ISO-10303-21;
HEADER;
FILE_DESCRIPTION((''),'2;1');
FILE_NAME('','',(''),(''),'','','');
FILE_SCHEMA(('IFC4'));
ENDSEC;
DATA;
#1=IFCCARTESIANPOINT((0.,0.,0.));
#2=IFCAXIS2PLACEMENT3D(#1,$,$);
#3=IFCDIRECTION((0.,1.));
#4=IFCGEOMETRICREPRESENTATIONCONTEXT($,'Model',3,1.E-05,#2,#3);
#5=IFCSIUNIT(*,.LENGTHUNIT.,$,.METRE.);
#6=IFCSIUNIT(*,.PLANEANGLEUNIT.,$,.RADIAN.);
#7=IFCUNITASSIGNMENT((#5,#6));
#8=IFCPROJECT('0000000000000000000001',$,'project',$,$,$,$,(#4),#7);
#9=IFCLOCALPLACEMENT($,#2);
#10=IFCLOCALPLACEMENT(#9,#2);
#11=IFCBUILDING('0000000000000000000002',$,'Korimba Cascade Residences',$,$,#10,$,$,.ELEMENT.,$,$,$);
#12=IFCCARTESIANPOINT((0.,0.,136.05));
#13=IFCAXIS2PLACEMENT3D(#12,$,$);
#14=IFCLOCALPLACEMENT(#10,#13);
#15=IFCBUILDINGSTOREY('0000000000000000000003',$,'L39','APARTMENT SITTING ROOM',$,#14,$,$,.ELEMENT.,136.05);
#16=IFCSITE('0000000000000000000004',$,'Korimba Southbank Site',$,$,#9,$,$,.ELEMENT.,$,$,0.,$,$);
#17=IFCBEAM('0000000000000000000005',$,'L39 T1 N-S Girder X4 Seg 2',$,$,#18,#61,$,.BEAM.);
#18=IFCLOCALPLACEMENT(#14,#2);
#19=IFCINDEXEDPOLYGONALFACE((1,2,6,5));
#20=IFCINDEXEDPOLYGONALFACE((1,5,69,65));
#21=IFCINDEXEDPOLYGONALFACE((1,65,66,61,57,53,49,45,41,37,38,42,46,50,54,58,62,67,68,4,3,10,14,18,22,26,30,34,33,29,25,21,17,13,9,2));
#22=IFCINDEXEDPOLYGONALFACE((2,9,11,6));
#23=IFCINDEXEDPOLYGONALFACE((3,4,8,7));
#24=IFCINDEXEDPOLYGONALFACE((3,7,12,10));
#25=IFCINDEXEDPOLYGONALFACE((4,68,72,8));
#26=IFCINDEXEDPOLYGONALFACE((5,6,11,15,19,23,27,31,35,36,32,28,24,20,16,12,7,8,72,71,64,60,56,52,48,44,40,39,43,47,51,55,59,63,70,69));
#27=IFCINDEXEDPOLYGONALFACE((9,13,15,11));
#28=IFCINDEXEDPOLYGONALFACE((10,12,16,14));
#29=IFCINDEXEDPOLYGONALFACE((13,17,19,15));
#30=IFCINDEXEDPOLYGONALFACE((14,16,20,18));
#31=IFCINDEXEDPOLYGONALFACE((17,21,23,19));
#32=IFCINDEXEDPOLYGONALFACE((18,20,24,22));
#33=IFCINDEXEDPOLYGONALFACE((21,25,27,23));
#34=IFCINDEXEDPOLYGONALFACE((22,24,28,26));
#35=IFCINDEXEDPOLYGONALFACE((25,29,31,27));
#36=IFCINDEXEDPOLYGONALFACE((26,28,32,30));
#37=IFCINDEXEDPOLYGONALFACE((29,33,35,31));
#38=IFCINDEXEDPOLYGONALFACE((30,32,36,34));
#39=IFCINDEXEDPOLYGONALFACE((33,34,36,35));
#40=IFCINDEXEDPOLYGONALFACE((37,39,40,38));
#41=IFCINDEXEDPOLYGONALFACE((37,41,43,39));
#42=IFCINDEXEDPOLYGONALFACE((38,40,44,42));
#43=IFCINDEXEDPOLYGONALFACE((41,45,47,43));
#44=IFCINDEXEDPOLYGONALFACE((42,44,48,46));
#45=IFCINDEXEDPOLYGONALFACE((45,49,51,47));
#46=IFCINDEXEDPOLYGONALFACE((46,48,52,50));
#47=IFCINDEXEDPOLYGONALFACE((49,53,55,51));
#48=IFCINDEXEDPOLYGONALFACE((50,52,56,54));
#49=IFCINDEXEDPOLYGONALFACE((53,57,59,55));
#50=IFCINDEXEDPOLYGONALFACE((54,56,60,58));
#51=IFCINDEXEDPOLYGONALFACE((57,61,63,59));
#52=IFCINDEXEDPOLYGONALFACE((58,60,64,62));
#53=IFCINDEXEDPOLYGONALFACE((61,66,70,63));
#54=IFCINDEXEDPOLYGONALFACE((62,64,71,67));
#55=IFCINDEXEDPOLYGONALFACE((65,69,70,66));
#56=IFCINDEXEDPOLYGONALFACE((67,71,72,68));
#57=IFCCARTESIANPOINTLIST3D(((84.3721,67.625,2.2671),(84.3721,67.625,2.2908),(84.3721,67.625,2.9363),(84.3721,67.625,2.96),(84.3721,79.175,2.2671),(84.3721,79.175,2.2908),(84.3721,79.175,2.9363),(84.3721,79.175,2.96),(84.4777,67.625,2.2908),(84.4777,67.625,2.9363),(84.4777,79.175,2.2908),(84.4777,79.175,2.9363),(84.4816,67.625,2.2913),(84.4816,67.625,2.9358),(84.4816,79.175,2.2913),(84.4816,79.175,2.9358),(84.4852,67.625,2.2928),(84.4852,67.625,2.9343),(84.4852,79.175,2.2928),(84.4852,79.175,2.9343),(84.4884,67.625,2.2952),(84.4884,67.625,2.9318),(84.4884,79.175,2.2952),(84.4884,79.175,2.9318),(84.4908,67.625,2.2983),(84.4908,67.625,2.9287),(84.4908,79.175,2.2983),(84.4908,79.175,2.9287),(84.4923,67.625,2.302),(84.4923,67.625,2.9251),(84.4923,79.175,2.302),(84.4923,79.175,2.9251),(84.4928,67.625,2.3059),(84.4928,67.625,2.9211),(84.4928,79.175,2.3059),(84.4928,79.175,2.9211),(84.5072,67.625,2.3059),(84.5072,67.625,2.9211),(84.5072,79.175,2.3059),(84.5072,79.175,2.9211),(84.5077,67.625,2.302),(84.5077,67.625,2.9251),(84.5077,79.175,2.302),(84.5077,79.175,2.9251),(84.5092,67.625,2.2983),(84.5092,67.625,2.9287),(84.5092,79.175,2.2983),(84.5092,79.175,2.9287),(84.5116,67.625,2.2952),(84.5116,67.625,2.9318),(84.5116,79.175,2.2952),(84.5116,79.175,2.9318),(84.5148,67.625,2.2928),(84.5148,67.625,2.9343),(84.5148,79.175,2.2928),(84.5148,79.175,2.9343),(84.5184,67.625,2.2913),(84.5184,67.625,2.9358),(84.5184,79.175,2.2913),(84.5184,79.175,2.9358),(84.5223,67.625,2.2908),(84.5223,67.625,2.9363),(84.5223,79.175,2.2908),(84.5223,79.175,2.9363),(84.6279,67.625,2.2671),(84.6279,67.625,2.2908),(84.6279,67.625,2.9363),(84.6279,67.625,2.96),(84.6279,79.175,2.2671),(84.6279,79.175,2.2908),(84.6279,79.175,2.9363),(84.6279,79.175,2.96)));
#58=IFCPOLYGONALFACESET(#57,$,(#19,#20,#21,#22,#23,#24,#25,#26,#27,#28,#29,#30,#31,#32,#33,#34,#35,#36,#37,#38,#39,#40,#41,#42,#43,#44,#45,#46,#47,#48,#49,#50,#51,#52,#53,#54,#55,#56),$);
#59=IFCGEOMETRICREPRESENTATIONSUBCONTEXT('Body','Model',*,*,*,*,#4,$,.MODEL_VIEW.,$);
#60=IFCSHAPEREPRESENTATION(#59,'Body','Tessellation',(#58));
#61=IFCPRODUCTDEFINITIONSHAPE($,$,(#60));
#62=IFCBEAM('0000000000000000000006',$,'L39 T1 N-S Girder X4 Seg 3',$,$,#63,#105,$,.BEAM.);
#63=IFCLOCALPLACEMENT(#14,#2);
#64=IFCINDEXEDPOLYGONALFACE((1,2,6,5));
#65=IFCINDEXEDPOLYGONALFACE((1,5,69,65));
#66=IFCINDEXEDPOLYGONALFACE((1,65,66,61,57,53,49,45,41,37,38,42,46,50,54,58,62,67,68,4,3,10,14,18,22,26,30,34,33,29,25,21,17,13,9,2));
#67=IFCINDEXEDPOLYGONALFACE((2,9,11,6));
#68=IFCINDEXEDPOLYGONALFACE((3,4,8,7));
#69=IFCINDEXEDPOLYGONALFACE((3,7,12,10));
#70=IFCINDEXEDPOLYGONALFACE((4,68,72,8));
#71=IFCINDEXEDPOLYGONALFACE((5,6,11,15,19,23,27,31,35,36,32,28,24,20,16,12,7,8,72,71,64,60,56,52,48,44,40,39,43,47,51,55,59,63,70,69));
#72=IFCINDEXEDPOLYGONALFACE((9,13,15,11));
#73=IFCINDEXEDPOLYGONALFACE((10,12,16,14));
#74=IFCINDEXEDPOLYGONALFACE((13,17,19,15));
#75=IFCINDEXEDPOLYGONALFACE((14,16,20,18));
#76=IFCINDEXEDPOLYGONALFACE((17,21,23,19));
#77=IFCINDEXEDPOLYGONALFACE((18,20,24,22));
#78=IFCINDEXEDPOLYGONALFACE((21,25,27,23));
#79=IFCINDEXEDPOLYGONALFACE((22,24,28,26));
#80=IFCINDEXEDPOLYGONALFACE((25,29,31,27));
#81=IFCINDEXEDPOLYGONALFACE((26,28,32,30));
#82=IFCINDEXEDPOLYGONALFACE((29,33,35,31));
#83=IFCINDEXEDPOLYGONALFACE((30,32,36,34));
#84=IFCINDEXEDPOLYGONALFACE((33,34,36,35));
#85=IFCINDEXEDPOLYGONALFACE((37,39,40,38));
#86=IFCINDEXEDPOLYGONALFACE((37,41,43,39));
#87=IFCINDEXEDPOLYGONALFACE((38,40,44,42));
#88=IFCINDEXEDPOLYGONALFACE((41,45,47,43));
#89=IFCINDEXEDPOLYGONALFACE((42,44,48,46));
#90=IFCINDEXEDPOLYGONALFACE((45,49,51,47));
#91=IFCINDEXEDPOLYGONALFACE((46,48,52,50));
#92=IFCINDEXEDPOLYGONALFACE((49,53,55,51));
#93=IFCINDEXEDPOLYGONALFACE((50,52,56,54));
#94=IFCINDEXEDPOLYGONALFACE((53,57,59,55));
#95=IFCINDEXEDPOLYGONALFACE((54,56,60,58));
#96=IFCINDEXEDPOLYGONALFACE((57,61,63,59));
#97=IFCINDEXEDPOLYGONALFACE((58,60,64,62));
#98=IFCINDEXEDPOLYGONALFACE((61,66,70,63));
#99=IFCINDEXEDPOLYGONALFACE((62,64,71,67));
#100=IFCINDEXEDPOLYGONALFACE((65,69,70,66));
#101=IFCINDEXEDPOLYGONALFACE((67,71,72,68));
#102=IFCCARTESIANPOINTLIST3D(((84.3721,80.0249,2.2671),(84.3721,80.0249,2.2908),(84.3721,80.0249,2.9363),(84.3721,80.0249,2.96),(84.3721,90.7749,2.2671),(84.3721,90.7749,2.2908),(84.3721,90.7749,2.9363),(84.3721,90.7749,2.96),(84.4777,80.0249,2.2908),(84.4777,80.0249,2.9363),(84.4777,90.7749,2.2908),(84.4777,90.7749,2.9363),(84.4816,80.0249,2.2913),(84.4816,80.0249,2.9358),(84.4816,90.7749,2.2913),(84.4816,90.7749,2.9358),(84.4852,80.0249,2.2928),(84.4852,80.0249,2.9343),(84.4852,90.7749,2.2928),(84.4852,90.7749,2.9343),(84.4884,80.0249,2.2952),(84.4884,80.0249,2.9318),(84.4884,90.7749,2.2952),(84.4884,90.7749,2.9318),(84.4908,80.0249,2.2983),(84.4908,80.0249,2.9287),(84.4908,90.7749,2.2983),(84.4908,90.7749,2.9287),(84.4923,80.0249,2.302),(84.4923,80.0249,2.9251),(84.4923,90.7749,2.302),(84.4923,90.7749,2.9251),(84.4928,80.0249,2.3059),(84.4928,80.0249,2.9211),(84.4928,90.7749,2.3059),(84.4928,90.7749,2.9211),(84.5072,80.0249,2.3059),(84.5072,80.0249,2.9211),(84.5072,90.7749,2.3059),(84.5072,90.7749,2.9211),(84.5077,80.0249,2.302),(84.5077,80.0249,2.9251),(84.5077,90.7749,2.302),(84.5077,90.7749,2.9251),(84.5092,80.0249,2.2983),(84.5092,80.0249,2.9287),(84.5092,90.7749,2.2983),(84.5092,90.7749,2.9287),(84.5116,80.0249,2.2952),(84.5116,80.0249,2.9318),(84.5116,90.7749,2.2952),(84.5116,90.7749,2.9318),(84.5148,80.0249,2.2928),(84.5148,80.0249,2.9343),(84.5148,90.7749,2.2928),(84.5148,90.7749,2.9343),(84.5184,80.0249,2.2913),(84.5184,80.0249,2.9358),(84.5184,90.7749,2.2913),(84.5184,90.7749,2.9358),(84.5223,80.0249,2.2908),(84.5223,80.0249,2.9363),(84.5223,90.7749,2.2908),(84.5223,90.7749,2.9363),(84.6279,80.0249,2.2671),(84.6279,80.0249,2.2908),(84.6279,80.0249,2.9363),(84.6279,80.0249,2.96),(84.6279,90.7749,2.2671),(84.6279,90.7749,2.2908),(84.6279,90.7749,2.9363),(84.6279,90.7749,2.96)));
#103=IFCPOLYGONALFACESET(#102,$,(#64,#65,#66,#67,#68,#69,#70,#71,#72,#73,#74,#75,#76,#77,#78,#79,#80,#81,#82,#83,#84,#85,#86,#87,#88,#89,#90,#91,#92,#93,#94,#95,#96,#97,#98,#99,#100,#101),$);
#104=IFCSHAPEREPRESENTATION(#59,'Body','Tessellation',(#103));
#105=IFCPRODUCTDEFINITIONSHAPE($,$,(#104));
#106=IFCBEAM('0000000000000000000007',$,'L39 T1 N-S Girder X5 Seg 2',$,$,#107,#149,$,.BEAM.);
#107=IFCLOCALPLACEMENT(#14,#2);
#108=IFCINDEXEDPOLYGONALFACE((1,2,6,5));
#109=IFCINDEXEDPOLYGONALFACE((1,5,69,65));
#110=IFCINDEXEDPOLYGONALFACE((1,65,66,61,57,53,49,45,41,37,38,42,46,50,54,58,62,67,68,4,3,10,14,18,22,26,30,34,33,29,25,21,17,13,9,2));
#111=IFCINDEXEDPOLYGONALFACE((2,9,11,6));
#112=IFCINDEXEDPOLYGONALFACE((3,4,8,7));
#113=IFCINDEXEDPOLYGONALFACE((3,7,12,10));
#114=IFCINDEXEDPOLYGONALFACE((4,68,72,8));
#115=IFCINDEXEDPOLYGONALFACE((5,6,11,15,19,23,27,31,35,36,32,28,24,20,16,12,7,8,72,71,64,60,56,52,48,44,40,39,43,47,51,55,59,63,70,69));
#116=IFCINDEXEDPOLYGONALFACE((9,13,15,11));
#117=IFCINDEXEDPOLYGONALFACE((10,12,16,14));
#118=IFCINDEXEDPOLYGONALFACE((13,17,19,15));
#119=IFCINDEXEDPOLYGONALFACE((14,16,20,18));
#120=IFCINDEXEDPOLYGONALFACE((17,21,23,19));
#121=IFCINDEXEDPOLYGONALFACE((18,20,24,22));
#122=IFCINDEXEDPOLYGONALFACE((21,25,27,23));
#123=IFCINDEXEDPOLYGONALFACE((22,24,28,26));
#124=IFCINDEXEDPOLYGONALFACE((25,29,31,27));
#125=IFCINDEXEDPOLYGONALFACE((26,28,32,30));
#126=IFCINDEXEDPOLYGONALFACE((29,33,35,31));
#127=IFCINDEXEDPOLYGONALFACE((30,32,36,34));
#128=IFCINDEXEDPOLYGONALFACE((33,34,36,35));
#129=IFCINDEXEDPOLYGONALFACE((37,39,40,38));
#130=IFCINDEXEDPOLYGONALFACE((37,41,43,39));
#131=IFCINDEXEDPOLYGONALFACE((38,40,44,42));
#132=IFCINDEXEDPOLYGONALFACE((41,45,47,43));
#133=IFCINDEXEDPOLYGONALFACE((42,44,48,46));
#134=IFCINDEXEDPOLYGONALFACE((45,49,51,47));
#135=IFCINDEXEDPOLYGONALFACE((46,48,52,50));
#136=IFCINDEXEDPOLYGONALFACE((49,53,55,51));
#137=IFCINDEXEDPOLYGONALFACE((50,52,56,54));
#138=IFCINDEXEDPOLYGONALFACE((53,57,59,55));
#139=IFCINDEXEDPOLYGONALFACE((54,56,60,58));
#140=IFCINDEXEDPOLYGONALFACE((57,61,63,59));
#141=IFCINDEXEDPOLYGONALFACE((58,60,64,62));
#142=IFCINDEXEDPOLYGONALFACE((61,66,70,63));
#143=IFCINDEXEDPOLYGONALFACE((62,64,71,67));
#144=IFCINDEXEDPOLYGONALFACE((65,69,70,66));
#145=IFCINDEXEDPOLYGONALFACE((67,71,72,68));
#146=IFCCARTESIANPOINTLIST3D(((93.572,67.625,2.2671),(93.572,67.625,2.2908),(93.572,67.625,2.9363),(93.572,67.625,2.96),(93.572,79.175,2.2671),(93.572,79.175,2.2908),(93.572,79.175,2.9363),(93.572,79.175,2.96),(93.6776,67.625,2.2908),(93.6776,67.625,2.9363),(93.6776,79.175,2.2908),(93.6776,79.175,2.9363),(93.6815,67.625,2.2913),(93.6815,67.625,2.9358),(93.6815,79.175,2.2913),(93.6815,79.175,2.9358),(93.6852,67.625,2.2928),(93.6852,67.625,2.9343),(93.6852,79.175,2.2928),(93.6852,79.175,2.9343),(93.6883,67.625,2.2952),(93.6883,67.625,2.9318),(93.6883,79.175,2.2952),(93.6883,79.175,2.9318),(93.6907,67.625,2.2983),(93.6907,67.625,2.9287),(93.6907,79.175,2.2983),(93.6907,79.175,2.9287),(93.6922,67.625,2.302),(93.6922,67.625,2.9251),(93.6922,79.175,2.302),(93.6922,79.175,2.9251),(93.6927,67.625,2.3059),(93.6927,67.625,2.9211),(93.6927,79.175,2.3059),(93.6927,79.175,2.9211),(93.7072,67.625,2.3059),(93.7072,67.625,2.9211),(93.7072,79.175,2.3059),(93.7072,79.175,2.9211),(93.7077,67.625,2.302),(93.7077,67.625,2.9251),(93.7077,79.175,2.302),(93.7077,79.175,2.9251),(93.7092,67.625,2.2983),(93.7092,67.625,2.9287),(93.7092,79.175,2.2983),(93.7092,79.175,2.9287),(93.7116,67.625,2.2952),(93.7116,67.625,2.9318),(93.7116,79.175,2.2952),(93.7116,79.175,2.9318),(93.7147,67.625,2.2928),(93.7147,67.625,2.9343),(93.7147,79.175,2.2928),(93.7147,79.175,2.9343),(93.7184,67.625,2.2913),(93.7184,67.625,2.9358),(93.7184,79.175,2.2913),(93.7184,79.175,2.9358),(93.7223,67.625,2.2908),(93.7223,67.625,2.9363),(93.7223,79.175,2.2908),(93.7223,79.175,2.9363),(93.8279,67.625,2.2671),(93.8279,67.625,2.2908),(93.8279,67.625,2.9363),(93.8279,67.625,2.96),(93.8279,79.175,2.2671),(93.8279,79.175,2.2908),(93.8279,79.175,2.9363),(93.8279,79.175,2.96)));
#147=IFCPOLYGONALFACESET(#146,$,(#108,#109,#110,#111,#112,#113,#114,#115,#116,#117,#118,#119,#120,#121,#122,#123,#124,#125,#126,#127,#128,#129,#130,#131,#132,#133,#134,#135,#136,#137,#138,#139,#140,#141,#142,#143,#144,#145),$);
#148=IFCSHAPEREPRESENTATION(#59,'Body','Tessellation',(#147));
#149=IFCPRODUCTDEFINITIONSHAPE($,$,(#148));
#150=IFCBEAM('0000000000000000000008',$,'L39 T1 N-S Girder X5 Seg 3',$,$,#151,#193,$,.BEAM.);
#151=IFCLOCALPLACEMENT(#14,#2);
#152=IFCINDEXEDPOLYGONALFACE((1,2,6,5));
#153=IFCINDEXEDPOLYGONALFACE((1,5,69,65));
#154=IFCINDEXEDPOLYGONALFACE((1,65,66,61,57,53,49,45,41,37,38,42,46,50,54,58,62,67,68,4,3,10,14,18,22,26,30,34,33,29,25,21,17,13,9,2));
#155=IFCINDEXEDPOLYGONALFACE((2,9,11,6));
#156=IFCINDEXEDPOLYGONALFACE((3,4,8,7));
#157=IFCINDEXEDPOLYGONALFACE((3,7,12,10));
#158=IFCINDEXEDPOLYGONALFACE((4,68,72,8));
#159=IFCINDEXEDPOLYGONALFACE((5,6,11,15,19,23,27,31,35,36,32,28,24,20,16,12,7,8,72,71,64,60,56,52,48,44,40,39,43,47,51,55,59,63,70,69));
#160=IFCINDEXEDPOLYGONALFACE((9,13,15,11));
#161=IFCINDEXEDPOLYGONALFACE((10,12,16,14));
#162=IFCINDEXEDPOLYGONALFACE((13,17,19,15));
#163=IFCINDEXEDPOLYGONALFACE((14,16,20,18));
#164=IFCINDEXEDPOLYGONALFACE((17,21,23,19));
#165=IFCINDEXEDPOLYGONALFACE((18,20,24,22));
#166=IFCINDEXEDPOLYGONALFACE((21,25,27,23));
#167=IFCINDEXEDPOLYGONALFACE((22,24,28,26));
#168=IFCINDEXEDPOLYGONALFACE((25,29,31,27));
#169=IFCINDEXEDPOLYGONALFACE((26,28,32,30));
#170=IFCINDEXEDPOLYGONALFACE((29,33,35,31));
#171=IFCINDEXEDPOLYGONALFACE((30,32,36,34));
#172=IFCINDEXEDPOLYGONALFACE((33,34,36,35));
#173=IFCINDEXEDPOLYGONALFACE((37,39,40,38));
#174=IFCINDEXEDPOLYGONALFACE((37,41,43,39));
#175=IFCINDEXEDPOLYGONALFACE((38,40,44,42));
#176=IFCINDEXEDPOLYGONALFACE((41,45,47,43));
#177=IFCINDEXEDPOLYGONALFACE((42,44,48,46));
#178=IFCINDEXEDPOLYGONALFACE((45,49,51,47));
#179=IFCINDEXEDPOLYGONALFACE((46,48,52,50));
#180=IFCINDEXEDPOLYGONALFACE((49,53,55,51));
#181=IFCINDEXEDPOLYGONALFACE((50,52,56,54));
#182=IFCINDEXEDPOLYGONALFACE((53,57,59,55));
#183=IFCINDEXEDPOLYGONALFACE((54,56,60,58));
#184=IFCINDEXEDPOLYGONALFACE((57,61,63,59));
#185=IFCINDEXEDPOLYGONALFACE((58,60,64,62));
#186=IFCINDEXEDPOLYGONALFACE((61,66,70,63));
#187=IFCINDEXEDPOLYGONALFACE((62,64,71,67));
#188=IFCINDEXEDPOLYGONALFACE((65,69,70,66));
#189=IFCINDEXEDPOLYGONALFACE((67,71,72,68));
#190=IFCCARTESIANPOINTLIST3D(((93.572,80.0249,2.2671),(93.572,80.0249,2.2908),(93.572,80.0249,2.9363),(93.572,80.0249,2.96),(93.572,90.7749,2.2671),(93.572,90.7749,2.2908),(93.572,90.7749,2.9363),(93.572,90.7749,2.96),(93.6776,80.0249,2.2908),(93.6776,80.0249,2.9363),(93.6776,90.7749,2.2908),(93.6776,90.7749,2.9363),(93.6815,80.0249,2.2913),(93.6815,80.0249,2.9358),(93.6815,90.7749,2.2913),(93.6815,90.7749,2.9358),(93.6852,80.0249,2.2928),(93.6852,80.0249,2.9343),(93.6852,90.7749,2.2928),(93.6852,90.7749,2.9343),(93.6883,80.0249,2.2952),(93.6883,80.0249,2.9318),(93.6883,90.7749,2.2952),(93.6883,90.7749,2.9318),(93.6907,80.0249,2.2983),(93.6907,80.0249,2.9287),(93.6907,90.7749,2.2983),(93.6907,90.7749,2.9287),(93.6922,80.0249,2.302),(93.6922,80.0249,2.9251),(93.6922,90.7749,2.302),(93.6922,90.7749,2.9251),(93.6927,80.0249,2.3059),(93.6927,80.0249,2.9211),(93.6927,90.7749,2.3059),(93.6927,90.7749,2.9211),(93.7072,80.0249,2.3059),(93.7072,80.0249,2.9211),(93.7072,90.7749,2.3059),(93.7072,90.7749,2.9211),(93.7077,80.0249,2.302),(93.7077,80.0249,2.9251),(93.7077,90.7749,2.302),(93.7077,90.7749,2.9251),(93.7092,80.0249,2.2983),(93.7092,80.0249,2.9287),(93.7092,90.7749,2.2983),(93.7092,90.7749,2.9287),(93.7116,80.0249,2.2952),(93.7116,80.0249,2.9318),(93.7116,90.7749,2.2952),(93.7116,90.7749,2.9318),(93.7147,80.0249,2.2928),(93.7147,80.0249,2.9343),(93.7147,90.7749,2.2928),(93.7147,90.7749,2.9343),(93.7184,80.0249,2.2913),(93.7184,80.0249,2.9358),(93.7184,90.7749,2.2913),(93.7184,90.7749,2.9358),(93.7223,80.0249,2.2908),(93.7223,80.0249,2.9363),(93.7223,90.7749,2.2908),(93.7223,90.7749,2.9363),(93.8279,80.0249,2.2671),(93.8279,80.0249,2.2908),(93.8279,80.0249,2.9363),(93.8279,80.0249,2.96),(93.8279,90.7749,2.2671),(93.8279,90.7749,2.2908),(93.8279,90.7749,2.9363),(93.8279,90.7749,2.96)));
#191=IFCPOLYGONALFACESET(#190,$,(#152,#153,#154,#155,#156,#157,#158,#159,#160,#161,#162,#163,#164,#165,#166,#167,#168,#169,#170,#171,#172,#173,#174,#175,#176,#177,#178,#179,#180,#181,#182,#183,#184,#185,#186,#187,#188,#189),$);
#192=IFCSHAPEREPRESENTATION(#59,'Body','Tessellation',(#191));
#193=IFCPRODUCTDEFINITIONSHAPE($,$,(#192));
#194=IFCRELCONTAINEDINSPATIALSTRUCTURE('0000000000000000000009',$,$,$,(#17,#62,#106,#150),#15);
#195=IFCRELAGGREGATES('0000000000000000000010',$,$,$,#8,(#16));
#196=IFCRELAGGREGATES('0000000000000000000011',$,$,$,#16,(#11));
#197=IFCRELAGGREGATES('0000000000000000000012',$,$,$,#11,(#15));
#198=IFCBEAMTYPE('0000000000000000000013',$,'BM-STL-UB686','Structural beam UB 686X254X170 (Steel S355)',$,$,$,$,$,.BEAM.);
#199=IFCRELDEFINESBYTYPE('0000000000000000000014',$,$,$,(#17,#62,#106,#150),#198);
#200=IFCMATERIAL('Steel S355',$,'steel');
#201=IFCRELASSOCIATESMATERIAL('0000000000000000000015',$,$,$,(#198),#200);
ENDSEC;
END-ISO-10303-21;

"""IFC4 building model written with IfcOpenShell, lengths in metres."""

from ifc_helpers import new_model, si_unit, direction, frame, origin, origin_2d, place, context, subcontext, project, spatial, i_section, extrude, material, material_profile, profile_set, type_object, element, save


model = new_model("IFC4")

# Units and contexts
model_context = context("Model", 3, precision=1e-05, world=origin(), true_north=direction((0.0, 1.0)))
body_context = subcontext(model_context, "Body", "Model", "MODEL_VIEW")
ifc_project = project(units=[si_unit("LENGTHUNIT", "METRE"), si_unit("PLANEANGLEUNIT", "RADIAN")], contexts=[model_context])

# Site, building, storey
site_placement = place(None, origin())
site = spatial("IfcSite", under=ifc_project, at=site_placement, Name="Korimba Southbank Site", CompositionType="ELEMENT", RefElevation=0.0)
building_placement = place(site_placement, origin())
building = spatial("IfcBuilding", under=site, at=building_placement, Name="Korimba Cascade Residences", CompositionType="ELEMENT")
storey_placement = place(building_placement, frame((0.0, 0.0, 136.05)))
storey = spatial("IfcBuildingStorey", under=building, at=storey_placement, Name="L39", Description="APARTMENT SITTING ROOM", CompositionType="ELEMENT", Elevation=136.05)

# Beams
ifc_material_1 = material(Name="Steel S355", Category="steel")
ifc_material_profile_1 = material_profile(ifc_material_1, i_section(OverallWidth=0.2559, OverallDepth=0.6929, WebThickness=0.0144, FlangeThickness=0.0237, FilletRadius=0.0151, at=origin_2d()), Name="Steel S355")
ifc_profile_set_1 = profile_set([ifc_material_profile_1], Name="Steel S355")
beam_type_1 = type_object("IfcBeamType", Name="BM-STL-UB686", Description="Structural beam UB 686X254X170 (Steel S355)", PredefinedType="BEAM", material=ifc_profile_set_1)
beam_1_placement = place(storey_placement, frame((84.5, 67.625, 2.6135), z_axis=(0.0, 1.0, 0.0), x_axis=(-1.0, 0.0, 0.0)))
element("IfcBeam", 1, at=beam_1_placement, inside=storey, type_object=beam_type_1, Name="L39 T1 N-S Girder X4 Seg 2", PredefinedType="BEAM", context=body_context, shape_type="SweptSolid", body=[
    extrude(i_section(OverallWidth=0.2559, OverallDepth=0.6929, WebThickness=0.0144, FlangeThickness=0.0237, FilletRadius=0.0151, at=origin_2d()), origin(), (0.0, 0.0, 1.0), 11.55),
])
beam_2_placement = place(storey_placement, frame((84.5, 80.0249, 2.6135), z_axis=(0.0, 1.0, 0.0), x_axis=(-1.0, 0.0, 0.0)))
element("IfcBeam", 2, at=beam_2_placement, inside=storey, type_object=beam_type_1, Name="L39 T1 N-S Girder X4 Seg 3", PredefinedType="BEAM", context=body_context, shape_type="SweptSolid", body=[
    extrude(i_section(OverallWidth=0.2559, OverallDepth=0.6929, WebThickness=0.0144, FlangeThickness=0.0237, FilletRadius=0.0151, at=origin_2d()), origin(), (0.0, 0.0, 1.0), 10.75),
])
beam_3_placement = place(storey_placement, frame((93.7, 67.625, 2.6135), z_axis=(0.0, 1.0, 0.0), x_axis=(-1.0, 0.0, 0.0)))
element("IfcBeam", 3, at=beam_3_placement, inside=storey, type_object=beam_type_1, Name="L39 T1 N-S Girder X5 Seg 2", PredefinedType="BEAM", context=body_context, shape_type="SweptSolid", body=[
    extrude(i_section(OverallWidth=0.2559, OverallDepth=0.6929, WebThickness=0.0144, FlangeThickness=0.0237, FilletRadius=0.0151, at=origin_2d()), origin(), (0.0, 0.0, 1.0), 11.55),
])
beam_4_placement = place(storey_placement, frame((93.7, 80.0249, 2.6135), z_axis=(0.0, 1.0, 0.0), x_axis=(-1.0, 0.0, 0.0)))
element("IfcBeam", 4, at=beam_4_placement, inside=storey, type_object=beam_type_1, Name="L39 T1 N-S Girder X5 Seg 3", PredefinedType="BEAM", context=body_context, shape_type="SweptSolid", body=[
    extrude(i_section(OverallWidth=0.2559, OverallDepth=0.6929, WebThickness=0.0144, FlangeThickness=0.0237, FilletRadius=0.0151, at=origin_2d()), origin(), (0.0, 0.0, 1.0), 10.75),
])

save(model, "model.ifc")
